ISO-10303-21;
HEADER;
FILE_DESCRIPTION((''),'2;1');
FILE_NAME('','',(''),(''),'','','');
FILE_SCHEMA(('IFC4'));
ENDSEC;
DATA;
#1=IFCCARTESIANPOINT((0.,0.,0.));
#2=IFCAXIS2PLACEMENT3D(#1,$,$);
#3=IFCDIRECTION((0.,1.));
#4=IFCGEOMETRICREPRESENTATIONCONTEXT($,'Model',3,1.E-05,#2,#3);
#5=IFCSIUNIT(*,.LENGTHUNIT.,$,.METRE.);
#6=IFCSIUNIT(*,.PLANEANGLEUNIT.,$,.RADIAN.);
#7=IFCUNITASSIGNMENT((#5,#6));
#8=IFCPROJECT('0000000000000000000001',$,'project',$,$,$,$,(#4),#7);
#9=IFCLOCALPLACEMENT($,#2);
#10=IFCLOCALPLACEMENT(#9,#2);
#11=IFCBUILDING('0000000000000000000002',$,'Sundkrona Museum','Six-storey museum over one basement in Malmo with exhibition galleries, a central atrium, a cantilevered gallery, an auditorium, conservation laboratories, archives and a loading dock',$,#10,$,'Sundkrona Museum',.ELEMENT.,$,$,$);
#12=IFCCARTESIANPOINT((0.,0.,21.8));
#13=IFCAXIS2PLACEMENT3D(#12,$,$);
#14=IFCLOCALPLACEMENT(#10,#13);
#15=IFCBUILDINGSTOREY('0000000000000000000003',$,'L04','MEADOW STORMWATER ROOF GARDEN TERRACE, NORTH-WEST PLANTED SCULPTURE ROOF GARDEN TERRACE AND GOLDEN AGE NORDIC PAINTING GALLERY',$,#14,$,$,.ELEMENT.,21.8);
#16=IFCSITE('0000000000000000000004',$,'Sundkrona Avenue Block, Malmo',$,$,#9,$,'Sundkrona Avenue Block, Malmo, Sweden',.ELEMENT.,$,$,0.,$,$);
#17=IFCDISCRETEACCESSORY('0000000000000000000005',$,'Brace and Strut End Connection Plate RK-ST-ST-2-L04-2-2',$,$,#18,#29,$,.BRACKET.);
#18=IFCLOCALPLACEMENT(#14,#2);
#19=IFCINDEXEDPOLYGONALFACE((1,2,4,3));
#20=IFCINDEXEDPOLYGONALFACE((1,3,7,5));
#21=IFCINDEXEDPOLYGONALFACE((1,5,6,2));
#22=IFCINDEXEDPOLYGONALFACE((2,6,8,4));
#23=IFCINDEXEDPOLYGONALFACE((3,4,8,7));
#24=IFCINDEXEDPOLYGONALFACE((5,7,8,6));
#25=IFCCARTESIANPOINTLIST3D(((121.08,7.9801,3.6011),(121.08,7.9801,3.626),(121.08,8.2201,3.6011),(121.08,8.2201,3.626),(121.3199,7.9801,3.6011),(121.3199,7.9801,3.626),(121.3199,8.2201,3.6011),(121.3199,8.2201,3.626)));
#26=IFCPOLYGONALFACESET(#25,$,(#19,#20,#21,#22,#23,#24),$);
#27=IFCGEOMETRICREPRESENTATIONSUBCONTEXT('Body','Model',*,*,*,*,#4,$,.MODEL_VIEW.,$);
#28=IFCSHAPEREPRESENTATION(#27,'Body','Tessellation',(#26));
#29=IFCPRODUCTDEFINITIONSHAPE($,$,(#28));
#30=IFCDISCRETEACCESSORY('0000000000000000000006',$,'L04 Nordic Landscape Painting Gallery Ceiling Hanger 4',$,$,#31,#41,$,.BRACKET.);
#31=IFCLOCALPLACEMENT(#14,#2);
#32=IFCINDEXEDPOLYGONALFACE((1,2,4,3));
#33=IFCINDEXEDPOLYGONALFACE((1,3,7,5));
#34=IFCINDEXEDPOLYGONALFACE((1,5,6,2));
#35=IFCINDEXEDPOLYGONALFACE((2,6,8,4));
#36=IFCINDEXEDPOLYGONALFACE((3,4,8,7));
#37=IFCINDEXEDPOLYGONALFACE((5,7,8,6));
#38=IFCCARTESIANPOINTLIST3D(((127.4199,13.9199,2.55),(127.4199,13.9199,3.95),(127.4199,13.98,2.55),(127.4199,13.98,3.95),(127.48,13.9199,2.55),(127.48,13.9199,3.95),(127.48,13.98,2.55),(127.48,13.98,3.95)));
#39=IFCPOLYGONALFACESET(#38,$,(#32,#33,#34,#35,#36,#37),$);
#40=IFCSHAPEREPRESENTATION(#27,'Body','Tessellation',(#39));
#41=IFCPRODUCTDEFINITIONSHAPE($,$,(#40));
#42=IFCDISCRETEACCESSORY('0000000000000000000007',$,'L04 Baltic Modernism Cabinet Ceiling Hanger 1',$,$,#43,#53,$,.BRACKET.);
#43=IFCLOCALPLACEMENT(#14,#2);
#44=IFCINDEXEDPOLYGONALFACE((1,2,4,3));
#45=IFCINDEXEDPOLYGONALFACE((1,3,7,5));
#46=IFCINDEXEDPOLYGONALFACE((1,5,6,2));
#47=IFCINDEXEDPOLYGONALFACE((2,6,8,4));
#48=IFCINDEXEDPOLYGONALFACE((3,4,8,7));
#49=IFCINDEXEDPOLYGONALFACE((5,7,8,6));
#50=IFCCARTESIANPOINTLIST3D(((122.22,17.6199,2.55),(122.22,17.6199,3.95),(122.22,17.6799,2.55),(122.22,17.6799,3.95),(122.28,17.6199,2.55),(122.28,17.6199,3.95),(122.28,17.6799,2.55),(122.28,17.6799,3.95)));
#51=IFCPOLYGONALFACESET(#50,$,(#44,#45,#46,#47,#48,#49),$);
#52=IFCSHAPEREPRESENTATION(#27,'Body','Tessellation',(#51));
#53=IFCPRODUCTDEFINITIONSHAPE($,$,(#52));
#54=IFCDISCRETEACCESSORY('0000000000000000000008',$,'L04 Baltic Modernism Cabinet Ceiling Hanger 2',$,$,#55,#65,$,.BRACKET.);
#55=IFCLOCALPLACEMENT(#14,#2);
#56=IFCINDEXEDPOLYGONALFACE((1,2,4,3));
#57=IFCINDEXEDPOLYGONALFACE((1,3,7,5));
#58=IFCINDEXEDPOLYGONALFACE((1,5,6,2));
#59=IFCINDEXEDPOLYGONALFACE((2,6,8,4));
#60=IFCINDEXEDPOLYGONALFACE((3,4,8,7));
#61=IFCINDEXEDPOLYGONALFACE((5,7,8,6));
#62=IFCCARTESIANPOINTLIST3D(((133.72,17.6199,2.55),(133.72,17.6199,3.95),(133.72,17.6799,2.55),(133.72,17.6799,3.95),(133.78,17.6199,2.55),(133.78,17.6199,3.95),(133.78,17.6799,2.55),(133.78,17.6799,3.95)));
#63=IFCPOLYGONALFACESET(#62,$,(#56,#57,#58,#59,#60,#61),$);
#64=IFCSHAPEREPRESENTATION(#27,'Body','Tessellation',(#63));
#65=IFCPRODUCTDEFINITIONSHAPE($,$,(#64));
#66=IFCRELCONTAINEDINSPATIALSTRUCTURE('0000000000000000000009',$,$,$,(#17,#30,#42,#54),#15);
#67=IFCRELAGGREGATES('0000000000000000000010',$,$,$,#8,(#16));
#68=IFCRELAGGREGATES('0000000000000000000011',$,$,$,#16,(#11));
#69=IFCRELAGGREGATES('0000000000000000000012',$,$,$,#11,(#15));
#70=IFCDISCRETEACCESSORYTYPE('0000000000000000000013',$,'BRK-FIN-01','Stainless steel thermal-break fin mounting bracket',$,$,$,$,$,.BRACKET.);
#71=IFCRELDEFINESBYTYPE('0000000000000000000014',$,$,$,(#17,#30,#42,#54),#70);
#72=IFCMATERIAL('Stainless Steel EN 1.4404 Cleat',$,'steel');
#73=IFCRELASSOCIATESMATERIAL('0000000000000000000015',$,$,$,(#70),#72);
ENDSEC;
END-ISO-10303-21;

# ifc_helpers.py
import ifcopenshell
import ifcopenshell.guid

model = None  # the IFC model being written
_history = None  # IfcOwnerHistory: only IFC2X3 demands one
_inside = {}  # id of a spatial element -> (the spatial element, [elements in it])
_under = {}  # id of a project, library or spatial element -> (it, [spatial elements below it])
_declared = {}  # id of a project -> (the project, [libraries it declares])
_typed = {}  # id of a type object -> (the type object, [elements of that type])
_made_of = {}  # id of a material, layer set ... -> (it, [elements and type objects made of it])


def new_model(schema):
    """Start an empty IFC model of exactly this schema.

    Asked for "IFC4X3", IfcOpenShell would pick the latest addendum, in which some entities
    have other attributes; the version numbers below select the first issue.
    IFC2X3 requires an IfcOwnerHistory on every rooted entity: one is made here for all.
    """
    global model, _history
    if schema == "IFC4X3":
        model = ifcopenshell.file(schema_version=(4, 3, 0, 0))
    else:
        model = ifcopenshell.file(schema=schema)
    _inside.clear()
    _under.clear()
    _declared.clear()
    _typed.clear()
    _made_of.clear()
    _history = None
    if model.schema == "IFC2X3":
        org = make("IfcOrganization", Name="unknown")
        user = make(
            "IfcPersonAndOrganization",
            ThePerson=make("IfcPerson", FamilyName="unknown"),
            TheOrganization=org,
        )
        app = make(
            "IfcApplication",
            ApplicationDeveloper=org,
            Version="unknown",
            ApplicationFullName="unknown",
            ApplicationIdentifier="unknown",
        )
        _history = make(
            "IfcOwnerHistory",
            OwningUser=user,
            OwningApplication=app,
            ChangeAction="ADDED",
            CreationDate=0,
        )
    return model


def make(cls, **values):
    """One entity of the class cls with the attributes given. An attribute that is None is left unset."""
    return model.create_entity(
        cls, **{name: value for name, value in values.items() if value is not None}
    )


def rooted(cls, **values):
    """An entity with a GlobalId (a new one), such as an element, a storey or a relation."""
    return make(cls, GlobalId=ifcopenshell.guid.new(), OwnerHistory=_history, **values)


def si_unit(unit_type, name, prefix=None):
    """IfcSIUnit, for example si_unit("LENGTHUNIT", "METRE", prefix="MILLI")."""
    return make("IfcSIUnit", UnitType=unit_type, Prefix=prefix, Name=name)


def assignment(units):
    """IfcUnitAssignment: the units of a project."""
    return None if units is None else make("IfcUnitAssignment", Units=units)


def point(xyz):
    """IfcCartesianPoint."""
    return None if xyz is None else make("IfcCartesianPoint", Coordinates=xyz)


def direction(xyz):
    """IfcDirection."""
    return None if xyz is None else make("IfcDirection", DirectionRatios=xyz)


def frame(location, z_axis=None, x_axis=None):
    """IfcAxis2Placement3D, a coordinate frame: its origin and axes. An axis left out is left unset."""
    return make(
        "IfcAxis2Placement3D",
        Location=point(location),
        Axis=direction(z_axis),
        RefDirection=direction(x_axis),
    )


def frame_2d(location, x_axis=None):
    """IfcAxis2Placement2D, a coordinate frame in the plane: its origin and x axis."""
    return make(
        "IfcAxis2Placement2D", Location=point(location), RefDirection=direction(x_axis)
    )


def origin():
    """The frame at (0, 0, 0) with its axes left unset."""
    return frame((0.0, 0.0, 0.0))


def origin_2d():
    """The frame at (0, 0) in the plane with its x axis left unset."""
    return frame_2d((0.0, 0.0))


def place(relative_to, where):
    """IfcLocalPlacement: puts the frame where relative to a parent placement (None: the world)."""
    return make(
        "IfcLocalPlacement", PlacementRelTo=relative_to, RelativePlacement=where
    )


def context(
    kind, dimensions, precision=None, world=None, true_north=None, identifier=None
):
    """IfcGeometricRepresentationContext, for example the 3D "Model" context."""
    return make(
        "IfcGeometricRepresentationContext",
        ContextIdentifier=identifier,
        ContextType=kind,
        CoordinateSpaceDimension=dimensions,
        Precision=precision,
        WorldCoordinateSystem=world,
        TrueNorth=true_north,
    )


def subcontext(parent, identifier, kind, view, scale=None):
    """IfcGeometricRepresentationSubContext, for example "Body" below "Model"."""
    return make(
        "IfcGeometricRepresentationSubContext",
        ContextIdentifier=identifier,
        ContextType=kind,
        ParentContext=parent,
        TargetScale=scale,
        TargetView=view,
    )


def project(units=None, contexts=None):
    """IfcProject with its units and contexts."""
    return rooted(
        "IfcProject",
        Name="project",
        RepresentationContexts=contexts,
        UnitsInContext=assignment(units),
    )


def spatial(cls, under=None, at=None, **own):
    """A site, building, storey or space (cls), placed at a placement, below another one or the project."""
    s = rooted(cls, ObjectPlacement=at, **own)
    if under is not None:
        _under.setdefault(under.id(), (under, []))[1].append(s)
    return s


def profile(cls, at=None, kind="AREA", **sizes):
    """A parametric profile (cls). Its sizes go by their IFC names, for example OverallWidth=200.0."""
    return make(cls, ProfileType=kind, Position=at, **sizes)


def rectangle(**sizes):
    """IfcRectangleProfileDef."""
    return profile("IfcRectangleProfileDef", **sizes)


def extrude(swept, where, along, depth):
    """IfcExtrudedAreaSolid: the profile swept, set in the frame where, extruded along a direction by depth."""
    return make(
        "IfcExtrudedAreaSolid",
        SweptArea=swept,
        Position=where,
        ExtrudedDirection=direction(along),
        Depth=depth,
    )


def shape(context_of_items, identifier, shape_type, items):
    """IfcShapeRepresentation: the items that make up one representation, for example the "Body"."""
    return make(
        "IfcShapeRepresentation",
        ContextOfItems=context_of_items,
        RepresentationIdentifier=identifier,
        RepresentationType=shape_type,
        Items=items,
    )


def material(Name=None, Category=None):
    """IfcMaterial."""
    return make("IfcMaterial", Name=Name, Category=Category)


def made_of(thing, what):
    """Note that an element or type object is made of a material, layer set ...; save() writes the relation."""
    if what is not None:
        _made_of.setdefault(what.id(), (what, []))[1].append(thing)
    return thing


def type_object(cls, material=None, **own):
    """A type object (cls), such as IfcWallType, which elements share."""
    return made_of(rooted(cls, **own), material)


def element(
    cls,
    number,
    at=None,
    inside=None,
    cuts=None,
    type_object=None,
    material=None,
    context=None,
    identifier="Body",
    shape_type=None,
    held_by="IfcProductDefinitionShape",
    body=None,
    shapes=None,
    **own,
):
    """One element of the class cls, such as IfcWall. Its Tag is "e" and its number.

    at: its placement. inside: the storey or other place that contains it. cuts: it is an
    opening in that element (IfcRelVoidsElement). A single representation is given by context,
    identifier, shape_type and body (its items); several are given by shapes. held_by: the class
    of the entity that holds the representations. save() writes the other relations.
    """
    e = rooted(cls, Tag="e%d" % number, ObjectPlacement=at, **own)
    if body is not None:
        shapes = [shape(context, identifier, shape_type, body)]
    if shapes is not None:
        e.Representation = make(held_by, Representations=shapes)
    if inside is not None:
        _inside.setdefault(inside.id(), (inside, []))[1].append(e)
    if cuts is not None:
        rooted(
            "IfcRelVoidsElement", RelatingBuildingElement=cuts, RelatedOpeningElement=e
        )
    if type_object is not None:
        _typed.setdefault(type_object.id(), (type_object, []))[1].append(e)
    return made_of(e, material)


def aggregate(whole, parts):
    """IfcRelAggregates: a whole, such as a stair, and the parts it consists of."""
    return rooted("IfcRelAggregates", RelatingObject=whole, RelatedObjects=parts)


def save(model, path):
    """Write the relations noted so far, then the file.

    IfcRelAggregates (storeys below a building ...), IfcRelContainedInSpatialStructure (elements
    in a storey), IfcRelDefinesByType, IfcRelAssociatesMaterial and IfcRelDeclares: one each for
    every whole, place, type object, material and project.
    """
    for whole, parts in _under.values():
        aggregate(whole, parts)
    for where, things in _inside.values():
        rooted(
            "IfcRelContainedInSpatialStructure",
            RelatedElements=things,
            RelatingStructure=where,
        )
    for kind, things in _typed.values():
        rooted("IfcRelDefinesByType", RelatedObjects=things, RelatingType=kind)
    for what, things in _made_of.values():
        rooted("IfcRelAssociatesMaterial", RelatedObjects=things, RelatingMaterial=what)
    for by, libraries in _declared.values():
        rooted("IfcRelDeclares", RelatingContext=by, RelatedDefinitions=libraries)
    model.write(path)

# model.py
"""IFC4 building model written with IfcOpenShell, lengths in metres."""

from ifc_helpers import new_model, si_unit, direction, frame, origin, origin_2d, place, context, subcontext, project, spatial, rectangle, extrude, material, type_object, element, save


model = new_model("IFC4")

# Units and contexts
model_context = context("Model", 3, precision=1e-05, world=origin(), true_north=direction((0.0, 1.0)))
body_context = subcontext(model_context, "Body", "Model", "MODEL_VIEW")
ifc_project = project(units=[si_unit("LENGTHUNIT", "METRE"), si_unit("PLANEANGLEUNIT", "RADIAN")], contexts=[model_context])

# Site, building, storey
site_placement = place(None, origin())
site = spatial("IfcSite", under=ifc_project, at=site_placement, Name="Sundkrona Avenue Block, Malmo", LongName="Sundkrona Avenue Block, Malmo, Sweden", CompositionType="ELEMENT", RefElevation=0.0)
building_placement = place(site_placement, origin())
building = spatial("IfcBuilding", under=site, at=building_placement, Name="Sundkrona Museum", Description="Six-storey museum over one basement in Malmo with exhibition galleries, a central atrium, a cantilevered gallery, an auditorium, conservation laboratories, archives and a loading dock", LongName="Sundkrona Museum", CompositionType="ELEMENT")
storey_placement = place(building_placement, frame((0.0, 0.0, 21.8)))
storey = spatial("IfcBuildingStorey", under=building, at=storey_placement, Name="L04", Description="MEADOW STORMWATER ROOF GARDEN TERRACE, NORTH-WEST PLANTED SCULPTURE ROOF GARDEN TERRACE AND GOLDEN AGE NORDIC PAINTING GALLERY", CompositionType="ELEMENT", Elevation=21.8)

# Discrete accessories
ifc_material_1 = material(Name="Stainless Steel EN 1.4404 Cleat", Category="steel")
discrete_accessory_type = type_object("IfcDiscreteAccessoryType", Name="BRK-FIN-01", Description="Stainless steel thermal-break fin mounting bracket", PredefinedType="BRACKET", material=ifc_material_1)
for number, where, z_axis, x_axis, name in (
    (1, (121.2, 8.1001, 3.6011), (0.0, 0.0, 1.0), (1.0, 0.0, 0.0), "Brace and Strut End Connection Plate RK-ST-ST-2-L04-2-2"),
):
    element("IfcDiscreteAccessory", number, at=place(storey_placement, frame(where, z_axis=z_axis, x_axis=x_axis)), inside=storey, type_object=discrete_accessory_type, Name=name, PredefinedType="BRACKET", context=body_context, shape_type="SweptSolid", body=[
        extrude(rectangle(XDim=0.24, YDim=0.24, at=origin_2d()), origin(), (0.0, 0.0, 1.0), 0.0249),
    ])
for number, where, z_axis, x_axis, name in (
    (2, (127.45, 13.95, 2.55), (0.0, 0.0, 1.0), (1.0, 0.0, 0.0), "L04 Nordic Landscape Painting Gallery Ceiling Hanger 4"),
    (3, (122.25, 17.6499, 2.55), (0.0, 0.0, 1.0), (1.0, 0.0, 0.0), "L04 Baltic Modernism Cabinet Ceiling Hanger 1"),
    (4, (133.75, 17.6499, 2.55), (0.0, 0.0, 1.0), (1.0, 0.0, 0.0), "L04 Baltic Modernism Cabinet Ceiling Hanger 2"),
):
    element("IfcDiscreteAccessory", number, at=place(storey_placement, frame(where, z_axis=z_axis, x_axis=x_axis)), inside=storey, type_object=discrete_accessory_type, Name=name, PredefinedType="BRACKET", context=body_context, shape_type="SweptSolid", body=[
        extrude(rectangle(XDim=0.0601, YDim=0.0601, at=origin_2d()), origin(), (0.0, 0.0, 1.0), 1.3999),
    ])

save(model, "model.ifc")
